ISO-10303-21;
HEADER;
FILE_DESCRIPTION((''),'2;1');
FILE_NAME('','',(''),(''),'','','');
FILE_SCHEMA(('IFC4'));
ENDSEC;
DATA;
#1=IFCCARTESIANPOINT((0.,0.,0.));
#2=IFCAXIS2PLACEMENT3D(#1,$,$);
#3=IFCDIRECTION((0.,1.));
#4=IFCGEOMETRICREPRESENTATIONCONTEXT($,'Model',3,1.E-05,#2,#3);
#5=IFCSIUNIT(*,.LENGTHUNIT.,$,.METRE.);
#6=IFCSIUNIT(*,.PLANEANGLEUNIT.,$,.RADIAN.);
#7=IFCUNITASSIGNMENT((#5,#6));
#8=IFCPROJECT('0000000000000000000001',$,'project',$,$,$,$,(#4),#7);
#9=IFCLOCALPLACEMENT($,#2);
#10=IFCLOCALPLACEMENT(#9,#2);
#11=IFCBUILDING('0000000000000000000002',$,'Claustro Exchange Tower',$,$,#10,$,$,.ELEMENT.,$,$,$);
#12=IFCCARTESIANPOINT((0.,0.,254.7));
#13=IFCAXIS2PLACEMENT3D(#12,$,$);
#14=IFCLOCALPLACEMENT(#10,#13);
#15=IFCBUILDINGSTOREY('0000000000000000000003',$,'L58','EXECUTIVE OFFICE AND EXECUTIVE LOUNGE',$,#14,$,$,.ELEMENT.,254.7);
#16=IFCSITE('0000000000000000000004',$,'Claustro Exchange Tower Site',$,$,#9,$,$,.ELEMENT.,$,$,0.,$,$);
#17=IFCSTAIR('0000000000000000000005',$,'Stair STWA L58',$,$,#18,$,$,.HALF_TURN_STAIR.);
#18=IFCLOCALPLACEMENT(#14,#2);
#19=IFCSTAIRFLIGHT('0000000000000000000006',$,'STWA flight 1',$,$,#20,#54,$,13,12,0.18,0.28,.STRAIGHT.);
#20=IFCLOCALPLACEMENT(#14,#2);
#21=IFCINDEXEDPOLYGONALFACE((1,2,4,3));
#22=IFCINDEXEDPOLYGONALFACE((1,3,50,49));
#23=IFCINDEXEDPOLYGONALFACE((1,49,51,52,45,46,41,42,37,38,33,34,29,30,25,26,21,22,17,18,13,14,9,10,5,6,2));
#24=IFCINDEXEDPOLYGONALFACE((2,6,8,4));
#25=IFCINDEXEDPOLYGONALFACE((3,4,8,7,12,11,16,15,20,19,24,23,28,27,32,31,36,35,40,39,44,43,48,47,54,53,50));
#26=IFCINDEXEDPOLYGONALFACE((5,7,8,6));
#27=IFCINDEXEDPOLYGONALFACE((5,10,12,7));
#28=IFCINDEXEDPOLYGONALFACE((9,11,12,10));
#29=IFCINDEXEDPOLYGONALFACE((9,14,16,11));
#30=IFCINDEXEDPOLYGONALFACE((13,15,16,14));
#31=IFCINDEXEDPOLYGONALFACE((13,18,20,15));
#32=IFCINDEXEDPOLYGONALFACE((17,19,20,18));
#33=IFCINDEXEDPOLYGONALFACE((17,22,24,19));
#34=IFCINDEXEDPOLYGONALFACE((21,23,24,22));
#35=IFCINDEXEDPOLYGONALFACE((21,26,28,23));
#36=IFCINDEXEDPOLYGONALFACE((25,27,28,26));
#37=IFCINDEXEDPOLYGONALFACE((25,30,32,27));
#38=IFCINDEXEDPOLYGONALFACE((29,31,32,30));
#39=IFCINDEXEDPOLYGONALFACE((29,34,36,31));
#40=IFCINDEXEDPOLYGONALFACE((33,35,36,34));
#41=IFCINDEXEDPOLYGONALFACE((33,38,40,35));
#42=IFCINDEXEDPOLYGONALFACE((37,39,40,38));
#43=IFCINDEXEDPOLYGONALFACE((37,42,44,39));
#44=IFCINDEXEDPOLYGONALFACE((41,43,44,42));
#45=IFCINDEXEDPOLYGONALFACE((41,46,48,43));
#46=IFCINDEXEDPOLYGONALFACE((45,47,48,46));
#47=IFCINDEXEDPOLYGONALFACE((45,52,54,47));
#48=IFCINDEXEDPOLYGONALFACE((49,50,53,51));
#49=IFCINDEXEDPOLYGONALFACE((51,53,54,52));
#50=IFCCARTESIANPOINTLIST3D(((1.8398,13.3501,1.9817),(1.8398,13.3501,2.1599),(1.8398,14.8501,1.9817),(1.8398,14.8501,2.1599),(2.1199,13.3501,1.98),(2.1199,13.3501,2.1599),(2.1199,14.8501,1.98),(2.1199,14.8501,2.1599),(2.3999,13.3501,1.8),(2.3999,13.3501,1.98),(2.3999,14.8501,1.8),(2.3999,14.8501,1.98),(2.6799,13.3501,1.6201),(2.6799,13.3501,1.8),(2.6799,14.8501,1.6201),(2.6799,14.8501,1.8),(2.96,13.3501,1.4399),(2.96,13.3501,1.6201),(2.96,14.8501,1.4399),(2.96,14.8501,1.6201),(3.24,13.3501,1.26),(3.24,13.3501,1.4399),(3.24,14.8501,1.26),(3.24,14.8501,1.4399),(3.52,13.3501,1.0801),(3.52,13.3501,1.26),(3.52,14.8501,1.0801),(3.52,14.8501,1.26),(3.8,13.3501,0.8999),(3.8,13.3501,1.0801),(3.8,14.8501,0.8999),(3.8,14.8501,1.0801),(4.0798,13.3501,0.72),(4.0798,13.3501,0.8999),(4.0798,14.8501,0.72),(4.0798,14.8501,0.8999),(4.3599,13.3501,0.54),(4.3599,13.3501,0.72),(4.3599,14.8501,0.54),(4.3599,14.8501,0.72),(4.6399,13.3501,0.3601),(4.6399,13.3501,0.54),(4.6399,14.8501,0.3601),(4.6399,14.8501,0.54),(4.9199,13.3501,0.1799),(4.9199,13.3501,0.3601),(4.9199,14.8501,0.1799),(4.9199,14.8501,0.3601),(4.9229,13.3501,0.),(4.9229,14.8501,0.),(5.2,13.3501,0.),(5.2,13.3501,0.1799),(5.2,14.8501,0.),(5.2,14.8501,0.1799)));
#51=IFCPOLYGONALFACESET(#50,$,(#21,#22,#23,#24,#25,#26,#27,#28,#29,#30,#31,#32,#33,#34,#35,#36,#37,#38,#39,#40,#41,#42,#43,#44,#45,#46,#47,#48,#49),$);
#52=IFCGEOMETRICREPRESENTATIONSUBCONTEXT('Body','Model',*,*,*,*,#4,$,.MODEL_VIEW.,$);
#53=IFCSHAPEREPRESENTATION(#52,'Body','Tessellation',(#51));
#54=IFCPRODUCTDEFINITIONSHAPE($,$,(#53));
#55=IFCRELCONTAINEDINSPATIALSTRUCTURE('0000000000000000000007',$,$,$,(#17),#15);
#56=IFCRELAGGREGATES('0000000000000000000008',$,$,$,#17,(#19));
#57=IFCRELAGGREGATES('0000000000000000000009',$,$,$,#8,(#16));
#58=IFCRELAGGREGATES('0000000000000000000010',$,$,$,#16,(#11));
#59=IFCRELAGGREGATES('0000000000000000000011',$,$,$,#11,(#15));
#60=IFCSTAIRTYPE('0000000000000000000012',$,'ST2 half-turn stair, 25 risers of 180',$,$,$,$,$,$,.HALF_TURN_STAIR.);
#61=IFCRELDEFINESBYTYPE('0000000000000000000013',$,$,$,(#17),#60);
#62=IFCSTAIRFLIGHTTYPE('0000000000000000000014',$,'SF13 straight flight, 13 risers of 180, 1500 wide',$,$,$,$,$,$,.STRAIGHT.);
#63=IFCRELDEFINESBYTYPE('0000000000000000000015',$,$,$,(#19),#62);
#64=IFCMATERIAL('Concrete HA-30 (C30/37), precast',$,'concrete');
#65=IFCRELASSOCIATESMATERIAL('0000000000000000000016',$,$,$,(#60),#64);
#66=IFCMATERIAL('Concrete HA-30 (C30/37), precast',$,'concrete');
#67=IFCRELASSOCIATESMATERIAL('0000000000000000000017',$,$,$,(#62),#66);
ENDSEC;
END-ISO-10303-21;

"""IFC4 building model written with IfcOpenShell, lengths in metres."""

from ifc_helpers import new_model, si_unit, direction, frame, origin, place, context, subcontext, project, spatial, polyline, outline, extrude, material, type_object, element, aggregate, save


model = new_model("IFC4")

# Units and contexts
model_context = context("Model", 3, precision=1e-05, world=origin(), true_north=direction((0.0, 1.0)))
body_context = subcontext(model_context, "Body", "Model", "MODEL_VIEW")
ifc_project = project(units=[si_unit("LENGTHUNIT", "METRE"), si_unit("PLANEANGLEUNIT", "RADIAN")], contexts=[model_context])

# Site, building, storey
site_placement = place(None, origin())
site = spatial("IfcSite", under=ifc_project, at=site_placement, Name="Claustro Exchange Tower Site", CompositionType="ELEMENT", RefElevation=0.0)
building_placement = place(site_placement, origin())
building = spatial("IfcBuilding", under=site, at=building_placement, Name="Claustro Exchange Tower", CompositionType="ELEMENT")
storey_placement = place(building_placement, frame((0.0, 0.0, 254.7)))
storey = spatial("IfcBuildingStorey", under=building, at=storey_placement, Name="L58", Description="EXECUTIVE OFFICE AND EXECUTIVE LOUNGE", CompositionType="ELEMENT", Elevation=254.7)

# Stair, stair flight
ifc_material_1 = material(Name="Concrete HA-30 (C30/37), precast", Category="concrete")
stair_type = type_object("IfcStairType", Name="ST2 half-turn stair, 25 risers of 180", PredefinedType="HALF_TURN_STAIR", material=ifc_material_1)
stair_placement = place(storey_placement, origin())
stair = element("IfcStair", 1, at=stair_placement, inside=storey, type_object=stair_type, Name="Stair STWA L58", PredefinedType="HALF_TURN_STAIR")
ifc_material_2 = material(Name="Concrete HA-30 (C30/37), precast", Category="concrete")
stair_flight_type = type_object("IfcStairFlightType", Name="SF13 straight flight, 13 risers of 180, 1500 wide", PredefinedType="STRAIGHT", material=ifc_material_2)
stair_flight_placement = place(storey_placement, frame((5.2, 14.1001, 0.0), z_axis=(0.0, 0.0, 1.0), x_axis=(-1.0, 0.0, 0.0)))
stair_flight = element("IfcStairFlight", 2, at=stair_flight_placement, type_object=stair_flight_type, Name="STWA flight 1", NumberOfRisers=13, NumberOfTreads=12, PredefinedType="STRAIGHT", RiserHeight=0.18, TreadLength=0.28, context=body_context, shape_type="SweptSolid", body=[
    extrude(outline(polyline([(0.0, 0.0), (0.0, 0.1799), (0.28, 0.1799), (0.28, 0.3601), (0.5601, 0.3601), (0.5601, 0.54), (0.8401, 0.54), (0.8401, 0.72), (1.1201, 0.72), (1.1201, 0.8999), (1.3999, 0.8999), (1.3999, 1.0801), (1.6799, 1.0801), (1.6799, 1.26), (1.96, 1.26), (1.96, 1.4399), (2.24, 1.4399), (2.24, 1.6201), (2.52, 1.6201), (2.52, 1.8), (2.8, 1.8), (2.8, 1.98), (3.0801, 1.98), (3.0801, 2.1599), (3.3601, 2.1599), (3.3601, 2.3401), (3.3601, 1.9817), (0.2771, 0.0), (0.0, 0.0)])), frame((0.0, 0.75, 0.0), z_axis=(0.0, -1.0, 0.0), x_axis=(1.0, 0.0, 0.0)), (0.0, 0.0, 1.0), 1.5),
])
aggregate(stair, [stair_flight])

save(model, "model.ifc")
